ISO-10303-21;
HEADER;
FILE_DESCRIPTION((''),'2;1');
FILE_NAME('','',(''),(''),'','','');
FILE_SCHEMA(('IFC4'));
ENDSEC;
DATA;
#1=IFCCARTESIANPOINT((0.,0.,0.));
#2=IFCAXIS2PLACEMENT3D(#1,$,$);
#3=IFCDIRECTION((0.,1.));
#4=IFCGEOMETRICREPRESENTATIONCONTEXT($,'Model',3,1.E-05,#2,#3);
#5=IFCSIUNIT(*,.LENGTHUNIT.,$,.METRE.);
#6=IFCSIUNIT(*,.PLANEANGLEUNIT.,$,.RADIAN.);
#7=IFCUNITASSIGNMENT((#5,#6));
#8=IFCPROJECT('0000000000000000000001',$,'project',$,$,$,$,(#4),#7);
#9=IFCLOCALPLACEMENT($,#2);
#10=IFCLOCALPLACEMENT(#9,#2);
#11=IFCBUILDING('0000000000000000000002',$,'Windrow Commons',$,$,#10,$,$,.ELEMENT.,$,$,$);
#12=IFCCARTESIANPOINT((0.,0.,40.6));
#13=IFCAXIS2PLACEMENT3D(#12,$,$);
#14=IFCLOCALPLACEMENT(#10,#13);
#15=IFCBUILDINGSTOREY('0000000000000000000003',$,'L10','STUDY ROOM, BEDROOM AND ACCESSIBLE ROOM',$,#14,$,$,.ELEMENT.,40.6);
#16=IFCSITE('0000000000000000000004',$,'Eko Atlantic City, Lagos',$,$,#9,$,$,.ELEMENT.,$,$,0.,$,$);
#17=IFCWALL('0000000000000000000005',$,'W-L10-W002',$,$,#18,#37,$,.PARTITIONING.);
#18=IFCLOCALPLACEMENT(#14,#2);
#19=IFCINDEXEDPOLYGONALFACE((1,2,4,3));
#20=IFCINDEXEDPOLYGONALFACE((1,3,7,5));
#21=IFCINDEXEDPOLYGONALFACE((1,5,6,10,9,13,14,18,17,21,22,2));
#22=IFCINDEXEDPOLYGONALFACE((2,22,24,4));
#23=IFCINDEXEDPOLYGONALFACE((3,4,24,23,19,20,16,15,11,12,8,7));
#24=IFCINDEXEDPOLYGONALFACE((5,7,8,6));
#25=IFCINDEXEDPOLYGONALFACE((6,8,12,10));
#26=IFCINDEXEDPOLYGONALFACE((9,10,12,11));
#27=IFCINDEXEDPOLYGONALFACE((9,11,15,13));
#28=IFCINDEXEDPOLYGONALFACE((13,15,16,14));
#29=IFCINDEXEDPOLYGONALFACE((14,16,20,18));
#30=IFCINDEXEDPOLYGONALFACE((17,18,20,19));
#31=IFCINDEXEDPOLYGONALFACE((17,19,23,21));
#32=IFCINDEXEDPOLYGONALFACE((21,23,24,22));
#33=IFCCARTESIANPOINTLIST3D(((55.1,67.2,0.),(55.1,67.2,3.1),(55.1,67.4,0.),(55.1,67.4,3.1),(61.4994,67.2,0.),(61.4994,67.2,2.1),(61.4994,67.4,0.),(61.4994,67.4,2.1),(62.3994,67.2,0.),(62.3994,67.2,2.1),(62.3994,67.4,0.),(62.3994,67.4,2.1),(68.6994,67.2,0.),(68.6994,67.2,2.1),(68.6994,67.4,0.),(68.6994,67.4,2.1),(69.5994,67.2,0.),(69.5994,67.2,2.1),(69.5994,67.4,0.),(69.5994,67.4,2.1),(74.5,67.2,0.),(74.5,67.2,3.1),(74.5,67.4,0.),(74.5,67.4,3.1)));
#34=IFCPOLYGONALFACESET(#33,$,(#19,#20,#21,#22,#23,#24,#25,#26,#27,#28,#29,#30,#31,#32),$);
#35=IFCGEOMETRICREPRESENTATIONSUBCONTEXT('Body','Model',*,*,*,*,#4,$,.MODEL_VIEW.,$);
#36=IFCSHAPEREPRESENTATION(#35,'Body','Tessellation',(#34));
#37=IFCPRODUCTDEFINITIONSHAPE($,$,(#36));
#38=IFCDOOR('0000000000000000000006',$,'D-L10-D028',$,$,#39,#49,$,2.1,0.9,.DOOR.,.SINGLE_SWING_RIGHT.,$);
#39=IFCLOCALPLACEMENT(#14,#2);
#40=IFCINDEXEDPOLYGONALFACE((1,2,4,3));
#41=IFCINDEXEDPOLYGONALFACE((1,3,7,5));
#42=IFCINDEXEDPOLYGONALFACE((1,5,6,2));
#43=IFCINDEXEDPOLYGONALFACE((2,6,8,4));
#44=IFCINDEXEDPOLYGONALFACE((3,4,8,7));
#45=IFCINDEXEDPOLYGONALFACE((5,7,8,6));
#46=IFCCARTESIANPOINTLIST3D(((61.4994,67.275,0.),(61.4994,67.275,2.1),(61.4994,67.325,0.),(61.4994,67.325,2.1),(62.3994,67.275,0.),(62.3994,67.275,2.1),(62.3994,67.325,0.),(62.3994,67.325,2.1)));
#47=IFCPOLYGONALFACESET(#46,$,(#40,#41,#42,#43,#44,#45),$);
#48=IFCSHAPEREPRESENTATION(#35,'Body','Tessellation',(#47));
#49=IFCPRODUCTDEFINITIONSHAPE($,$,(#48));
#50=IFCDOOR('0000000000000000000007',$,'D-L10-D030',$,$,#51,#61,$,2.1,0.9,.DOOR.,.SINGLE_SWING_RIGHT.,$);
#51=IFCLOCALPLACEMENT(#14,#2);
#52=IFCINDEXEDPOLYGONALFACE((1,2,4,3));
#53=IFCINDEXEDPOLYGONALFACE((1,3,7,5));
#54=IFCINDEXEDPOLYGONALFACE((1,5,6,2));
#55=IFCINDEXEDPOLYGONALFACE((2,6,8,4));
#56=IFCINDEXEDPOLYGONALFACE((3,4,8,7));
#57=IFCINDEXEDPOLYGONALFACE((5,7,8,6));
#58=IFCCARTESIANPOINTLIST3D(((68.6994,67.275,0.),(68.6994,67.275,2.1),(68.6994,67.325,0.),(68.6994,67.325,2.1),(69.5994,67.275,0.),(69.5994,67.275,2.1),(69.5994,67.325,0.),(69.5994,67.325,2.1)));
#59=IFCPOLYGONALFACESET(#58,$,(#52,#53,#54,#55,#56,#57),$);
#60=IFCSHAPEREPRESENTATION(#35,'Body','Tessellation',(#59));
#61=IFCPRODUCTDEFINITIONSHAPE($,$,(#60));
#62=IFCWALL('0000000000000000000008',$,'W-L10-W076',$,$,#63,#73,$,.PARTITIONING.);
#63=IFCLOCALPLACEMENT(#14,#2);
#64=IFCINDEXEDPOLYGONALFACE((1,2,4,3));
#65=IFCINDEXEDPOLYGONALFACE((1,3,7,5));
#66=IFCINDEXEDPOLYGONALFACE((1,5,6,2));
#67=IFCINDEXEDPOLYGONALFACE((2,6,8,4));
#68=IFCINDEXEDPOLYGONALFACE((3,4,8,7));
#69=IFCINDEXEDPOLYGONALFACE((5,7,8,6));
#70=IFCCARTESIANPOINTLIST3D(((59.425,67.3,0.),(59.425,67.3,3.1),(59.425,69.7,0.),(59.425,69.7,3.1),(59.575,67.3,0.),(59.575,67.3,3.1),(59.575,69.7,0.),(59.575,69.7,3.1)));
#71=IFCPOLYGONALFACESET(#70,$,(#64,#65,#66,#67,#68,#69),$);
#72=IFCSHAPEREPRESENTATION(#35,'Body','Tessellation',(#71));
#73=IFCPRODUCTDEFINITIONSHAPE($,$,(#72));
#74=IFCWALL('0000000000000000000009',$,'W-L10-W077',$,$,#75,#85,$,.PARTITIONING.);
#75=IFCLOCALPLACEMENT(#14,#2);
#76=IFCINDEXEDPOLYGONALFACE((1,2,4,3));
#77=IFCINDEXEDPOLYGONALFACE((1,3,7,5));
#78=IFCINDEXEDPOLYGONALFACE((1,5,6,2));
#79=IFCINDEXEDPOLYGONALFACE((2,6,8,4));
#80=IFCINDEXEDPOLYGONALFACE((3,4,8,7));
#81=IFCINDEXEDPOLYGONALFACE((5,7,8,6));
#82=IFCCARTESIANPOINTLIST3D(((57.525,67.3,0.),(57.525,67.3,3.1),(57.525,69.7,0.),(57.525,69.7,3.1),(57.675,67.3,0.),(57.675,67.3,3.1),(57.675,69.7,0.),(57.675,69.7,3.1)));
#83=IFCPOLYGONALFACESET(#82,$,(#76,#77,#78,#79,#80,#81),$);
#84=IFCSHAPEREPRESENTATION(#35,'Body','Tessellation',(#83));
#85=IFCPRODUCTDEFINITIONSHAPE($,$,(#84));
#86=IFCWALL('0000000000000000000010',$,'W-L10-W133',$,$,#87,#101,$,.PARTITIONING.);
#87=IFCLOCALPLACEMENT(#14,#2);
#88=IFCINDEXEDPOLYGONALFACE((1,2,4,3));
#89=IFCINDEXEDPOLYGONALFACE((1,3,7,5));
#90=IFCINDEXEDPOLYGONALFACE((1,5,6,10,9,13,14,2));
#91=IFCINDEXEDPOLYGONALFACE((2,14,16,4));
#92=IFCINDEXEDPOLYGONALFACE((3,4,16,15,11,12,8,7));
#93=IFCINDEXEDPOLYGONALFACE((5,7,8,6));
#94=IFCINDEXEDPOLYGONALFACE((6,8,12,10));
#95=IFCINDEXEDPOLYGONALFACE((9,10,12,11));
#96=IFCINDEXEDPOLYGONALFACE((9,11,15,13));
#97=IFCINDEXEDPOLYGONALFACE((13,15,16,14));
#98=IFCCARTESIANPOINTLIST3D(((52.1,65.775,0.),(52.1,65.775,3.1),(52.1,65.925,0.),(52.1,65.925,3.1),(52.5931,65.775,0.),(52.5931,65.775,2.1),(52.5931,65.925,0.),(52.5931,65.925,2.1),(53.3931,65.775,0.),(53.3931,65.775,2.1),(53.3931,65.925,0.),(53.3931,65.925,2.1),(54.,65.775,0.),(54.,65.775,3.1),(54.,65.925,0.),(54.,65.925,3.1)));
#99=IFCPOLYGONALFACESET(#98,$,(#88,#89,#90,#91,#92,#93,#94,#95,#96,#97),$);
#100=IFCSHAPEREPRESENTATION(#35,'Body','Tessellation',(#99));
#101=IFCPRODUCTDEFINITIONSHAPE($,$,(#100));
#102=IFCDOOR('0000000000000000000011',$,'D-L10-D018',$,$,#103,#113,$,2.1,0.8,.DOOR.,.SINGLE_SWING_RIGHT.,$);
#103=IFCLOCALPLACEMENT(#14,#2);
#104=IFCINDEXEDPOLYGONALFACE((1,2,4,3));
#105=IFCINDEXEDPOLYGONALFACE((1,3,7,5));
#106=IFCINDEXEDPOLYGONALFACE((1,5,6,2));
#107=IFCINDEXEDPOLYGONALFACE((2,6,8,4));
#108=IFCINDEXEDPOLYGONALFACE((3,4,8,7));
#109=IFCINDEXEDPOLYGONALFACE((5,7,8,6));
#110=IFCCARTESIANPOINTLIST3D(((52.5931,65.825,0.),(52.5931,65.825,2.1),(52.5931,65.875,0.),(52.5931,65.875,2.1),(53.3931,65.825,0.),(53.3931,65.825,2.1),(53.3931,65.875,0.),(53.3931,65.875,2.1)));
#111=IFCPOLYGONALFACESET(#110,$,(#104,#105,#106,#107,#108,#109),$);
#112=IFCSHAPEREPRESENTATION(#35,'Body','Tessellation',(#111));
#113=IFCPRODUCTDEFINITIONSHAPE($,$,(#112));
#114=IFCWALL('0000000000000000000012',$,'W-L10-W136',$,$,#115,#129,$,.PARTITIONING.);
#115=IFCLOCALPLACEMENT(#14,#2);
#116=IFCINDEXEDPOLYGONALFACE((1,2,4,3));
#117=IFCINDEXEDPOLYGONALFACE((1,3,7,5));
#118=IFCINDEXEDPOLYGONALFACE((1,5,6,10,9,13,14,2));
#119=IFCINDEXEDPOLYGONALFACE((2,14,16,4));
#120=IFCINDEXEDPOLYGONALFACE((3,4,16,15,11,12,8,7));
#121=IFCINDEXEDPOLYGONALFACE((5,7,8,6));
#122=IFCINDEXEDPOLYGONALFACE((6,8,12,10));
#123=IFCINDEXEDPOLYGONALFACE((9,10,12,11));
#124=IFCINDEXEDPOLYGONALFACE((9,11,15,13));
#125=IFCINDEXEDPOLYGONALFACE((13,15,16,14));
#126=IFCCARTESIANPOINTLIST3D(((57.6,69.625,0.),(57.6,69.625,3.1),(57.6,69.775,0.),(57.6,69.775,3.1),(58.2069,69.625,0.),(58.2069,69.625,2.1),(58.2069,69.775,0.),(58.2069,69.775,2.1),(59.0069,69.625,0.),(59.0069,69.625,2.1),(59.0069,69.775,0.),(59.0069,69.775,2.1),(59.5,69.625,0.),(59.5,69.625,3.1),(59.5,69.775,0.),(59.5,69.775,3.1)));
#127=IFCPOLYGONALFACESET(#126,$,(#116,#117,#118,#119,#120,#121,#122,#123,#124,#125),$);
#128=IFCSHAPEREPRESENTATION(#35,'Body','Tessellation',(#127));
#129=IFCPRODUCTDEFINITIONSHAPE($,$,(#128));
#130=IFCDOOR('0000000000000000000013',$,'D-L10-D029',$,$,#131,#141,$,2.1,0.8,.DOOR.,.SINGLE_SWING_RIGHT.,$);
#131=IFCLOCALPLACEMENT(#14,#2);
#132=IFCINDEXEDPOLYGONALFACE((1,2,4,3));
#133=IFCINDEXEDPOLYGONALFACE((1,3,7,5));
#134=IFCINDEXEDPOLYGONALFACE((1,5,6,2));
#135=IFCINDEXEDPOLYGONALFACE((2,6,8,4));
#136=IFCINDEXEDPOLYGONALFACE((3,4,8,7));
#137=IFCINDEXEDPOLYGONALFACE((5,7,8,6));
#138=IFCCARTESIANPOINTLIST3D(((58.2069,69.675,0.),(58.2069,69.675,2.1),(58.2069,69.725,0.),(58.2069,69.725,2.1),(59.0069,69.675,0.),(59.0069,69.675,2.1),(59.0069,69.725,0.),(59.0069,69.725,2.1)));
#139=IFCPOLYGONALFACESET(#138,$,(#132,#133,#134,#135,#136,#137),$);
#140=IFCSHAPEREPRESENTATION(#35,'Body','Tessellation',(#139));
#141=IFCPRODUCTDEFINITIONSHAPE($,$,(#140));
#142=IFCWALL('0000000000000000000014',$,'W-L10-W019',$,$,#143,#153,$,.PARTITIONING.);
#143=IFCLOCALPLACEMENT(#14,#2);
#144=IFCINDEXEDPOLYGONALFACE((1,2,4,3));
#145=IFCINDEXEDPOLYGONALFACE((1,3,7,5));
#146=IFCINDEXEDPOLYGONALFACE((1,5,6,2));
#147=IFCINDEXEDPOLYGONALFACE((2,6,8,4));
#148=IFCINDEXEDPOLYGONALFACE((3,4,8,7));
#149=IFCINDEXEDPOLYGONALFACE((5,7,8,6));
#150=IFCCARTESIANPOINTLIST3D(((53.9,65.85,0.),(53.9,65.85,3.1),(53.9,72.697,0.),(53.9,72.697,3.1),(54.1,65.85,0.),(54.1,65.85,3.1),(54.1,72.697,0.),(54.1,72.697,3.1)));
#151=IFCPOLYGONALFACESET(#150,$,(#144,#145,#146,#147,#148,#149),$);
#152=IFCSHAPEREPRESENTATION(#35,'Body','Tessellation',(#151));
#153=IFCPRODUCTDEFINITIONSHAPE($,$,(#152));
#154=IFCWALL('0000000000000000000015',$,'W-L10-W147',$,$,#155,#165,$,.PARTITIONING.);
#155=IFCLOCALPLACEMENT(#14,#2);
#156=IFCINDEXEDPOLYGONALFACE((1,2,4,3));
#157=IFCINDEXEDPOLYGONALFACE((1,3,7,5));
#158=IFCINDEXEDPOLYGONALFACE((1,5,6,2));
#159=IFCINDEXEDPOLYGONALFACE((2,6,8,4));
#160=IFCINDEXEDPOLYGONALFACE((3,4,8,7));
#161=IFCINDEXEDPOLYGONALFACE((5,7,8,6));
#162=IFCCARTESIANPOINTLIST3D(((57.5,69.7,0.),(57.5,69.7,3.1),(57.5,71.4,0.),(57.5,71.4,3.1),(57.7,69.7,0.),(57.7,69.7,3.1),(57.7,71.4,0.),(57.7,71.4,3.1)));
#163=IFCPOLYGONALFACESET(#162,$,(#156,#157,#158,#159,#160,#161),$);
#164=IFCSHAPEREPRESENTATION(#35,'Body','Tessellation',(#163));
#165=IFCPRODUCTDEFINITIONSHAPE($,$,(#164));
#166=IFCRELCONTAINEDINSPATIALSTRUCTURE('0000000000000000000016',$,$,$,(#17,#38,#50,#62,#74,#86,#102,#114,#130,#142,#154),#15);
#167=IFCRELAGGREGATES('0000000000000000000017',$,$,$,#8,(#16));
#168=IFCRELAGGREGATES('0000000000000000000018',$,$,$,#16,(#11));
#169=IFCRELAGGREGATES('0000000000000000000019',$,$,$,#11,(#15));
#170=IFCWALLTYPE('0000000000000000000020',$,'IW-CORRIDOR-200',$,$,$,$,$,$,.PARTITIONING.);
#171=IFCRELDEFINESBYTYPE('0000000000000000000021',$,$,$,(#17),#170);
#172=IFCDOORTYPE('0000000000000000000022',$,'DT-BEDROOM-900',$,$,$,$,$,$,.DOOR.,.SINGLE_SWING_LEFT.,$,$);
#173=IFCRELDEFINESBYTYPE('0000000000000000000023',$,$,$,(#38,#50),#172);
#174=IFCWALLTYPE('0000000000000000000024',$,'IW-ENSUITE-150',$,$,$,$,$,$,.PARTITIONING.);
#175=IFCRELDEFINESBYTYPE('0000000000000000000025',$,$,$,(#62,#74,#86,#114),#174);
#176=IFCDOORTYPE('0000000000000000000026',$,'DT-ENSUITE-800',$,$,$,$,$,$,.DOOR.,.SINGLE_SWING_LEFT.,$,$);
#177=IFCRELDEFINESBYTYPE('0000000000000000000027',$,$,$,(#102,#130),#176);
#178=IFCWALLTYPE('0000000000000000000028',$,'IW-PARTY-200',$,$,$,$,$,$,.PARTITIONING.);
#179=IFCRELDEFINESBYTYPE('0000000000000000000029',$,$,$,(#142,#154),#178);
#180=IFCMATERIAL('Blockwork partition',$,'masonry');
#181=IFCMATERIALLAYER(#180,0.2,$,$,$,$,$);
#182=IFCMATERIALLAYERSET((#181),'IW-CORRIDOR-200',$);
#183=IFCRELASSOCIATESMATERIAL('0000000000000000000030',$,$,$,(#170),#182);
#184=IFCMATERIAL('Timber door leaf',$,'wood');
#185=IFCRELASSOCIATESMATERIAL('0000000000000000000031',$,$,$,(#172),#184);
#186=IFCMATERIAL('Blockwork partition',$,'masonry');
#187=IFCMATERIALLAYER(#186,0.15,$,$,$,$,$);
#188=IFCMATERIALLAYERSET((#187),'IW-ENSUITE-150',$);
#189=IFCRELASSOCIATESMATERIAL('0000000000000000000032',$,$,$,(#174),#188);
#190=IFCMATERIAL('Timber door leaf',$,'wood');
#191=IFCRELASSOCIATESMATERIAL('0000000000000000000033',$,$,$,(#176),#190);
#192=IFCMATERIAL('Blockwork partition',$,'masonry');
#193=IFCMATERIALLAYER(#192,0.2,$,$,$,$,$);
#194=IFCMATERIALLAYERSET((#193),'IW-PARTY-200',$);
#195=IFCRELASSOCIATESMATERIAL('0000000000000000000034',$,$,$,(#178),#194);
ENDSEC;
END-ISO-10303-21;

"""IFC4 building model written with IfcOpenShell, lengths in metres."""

from ifc_helpers import new_model, si_unit, direction, frame, frame_2d, origin, place, context, subcontext, project, spatial, rectangle, extrude, material, layer, layer_set, type_object, element, fill, save


model = new_model("IFC4")

# Units and contexts
model_context = context("Model", 3, precision=1e-05, world=origin(), true_north=direction((0.0, 1.0)))
body_context = subcontext(model_context, "Body", "Model", "MODEL_VIEW")
ifc_project = project(units=[si_unit("LENGTHUNIT", "METRE"), si_unit("PLANEANGLEUNIT", "RADIAN")], contexts=[model_context])

# Site, building, storey
site_placement = place(None, origin())
site = spatial("IfcSite", under=ifc_project, at=site_placement, Name="Eko Atlantic City, Lagos", CompositionType="ELEMENT", RefElevation=0.0)
building_placement = place(site_placement, origin())
building = spatial("IfcBuilding", under=site, at=building_placement, Name="Windrow Commons", CompositionType="ELEMENT")
storey_placement = place(building_placement, frame((0.0, 0.0, 40.6)))
storey = spatial("IfcBuildingStorey", under=building, at=storey_placement, Name="L10", Description="STUDY ROOM, BEDROOM AND ACCESSIBLE ROOM", CompositionType="ELEMENT", Elevation=40.6)

# Wall, openings, doors
ifc_material_1 = material(Name="Blockwork partition", Category="masonry")
ifc_layer_1 = layer(ifc_material_1, 0.2)
ifc_layer_set_1 = layer_set([ifc_layer_1], Name="IW-CORRIDOR-200")
wall_type_1 = type_object("IfcWallType", Name="IW-CORRIDOR-200", PredefinedType="PARTITIONING", material=ifc_layer_set_1)
wall_1_placement = place(storey_placement, frame((55.1, 67.3, 0.0), z_axis=(0.0, 0.0, 1.0), x_axis=(1.0, 0.0, 0.0)))
wall_1 = element("IfcWall", 1, at=wall_1_placement, inside=storey, type_object=wall_type_1, Name="W-L10-W002", PredefinedType="PARTITIONING", context=body_context, shape_type="SweptSolid", body=[
    extrude(rectangle(XDim=19.4, YDim=0.2, at=frame_2d((9.7, 0.0))), origin(), (0.0, 0.0, 1.0), 3.1),
])
opening_1_placement = place(wall_1_placement, frame((6.3994, 0.0, 0.0)))
opening_1 = element("IfcOpeningElement", 2, at=opening_1_placement, cuts=wall_1, PredefinedType="OPENING", context=body_context, shape_type="SweptSolid", body=[
    extrude(rectangle(XDim=0.9, YDim=2.1, at=frame_2d((0.45, 1.05))), frame((0.0, 0.11, 0.0), z_axis=(0.0, -1.0, 0.0), x_axis=(1.0, 0.0, 0.0)), (0.0, 0.0, 1.0), 0.22),
])
opening_2_placement = place(wall_1_placement, frame((13.5994, 0.0, 0.0)))
opening_2 = element("IfcOpeningElement", 3, at=opening_2_placement, cuts=wall_1, PredefinedType="OPENING", context=body_context, shape_type="SweptSolid", body=[
    extrude(rectangle(XDim=0.9, YDim=2.1, at=frame_2d((0.45, 1.05))), frame((0.0, 0.11, 0.0), z_axis=(0.0, -1.0, 0.0), x_axis=(1.0, 0.0, 0.0)), (0.0, 0.0, 1.0), 0.22),
])
ifc_material_2 = material(Name="Timber door leaf", Category="wood")
door_type_1 = type_object("IfcDoorType", Name="DT-BEDROOM-900", OperationType="SINGLE_SWING_LEFT", PredefinedType="DOOR", material=ifc_material_2)
door_1_placement = place(opening_1_placement, origin())
door_1 = element("IfcDoor", 4, at=door_1_placement, inside=storey, type_object=door_type_1, Name="D-L10-D028", OperationType="SINGLE_SWING_RIGHT", OverallHeight=2.1, OverallWidth=0.9, PredefinedType="DOOR", context=body_context, shape_type="SweptSolid", body=[
    extrude(rectangle(XDim=0.9, YDim=2.1, at=frame_2d((0.45, 1.05))), frame((0.0, 0.025, 0.0), z_axis=(0.0, -1.0, 0.0), x_axis=(1.0, 0.0, 0.0)), (0.0, 0.0, 1.0), 0.05),
])
fill(opening_1, door_1)
door_2_placement = place(opening_2_placement, origin())
door_2 = element("IfcDoor", 5, at=door_2_placement, inside=storey, type_object=door_type_1, Name="D-L10-D030", OperationType="SINGLE_SWING_RIGHT", OverallHeight=2.1, OverallWidth=0.9, PredefinedType="DOOR", context=body_context, shape_type="SweptSolid", body=[
    extrude(rectangle(XDim=0.9, YDim=2.1, at=frame_2d((0.45, 1.05))), frame((0.0, 0.025, 0.0), z_axis=(0.0, -1.0, 0.0), x_axis=(1.0, 0.0, 0.0)), (0.0, 0.0, 1.0), 0.05),
])
fill(opening_2, door_2)

# Walls
ifc_material_3 = material(Name="Blockwork partition", Category="masonry")
ifc_layer_2 = layer(ifc_material_3, 0.15)
ifc_layer_set_2 = layer_set([ifc_layer_2], Name="IW-ENSUITE-150")
wall_type_2 = type_object("IfcWallType", Name="IW-ENSUITE-150", PredefinedType="PARTITIONING", material=ifc_layer_set_2)
for number, where, z_axis, x_axis, name in (
    (6, (59.5, 67.3, 0.0), (0.0, 0.0, 1.0), (0.0, 1.0, 0.0), "W-L10-W076"),
    (7, (57.6, 67.3, 0.0), (0.0, 0.0, 1.0), (0.0, 1.0, 0.0), "W-L10-W077"),
):
    element("IfcWall", number, at=place(storey_placement, frame(where, z_axis=z_axis, x_axis=x_axis)), inside=storey, type_object=wall_type_2, Name=name, PredefinedType="PARTITIONING", context=body_context, shape_type="SweptSolid", body=[
        extrude(rectangle(XDim=2.4, YDim=0.15, at=frame_2d((1.2, 0.0))), origin(), (0.0, 0.0, 1.0), 3.1),
    ])

# Walls, openings, doors
wall_2_placement = place(storey_placement, frame((52.1, 65.85, 0.0), z_axis=(0.0, 0.0, 1.0), x_axis=(1.0, 0.0, 0.0)))
wall_2 = element("IfcWall", 8, at=wall_2_placement, inside=storey, type_object=wall_type_2, Name="W-L10-W133", PredefinedType="PARTITIONING", context=body_context, shape_type="SweptSolid", body=[
    extrude(rectangle(XDim=1.9, YDim=0.15, at=frame_2d((0.95, 0.0))), origin(), (0.0, 0.0, 1.0), 3.1),
])
opening_3_placement = place(wall_2_placement, frame((0.4931, 0.0, 0.0)))
opening_3 = element("IfcOpeningElement", 9, at=opening_3_placement, cuts=wall_2, PredefinedType="OPENING", context=body_context, shape_type="SweptSolid", body=[
    extrude(rectangle(XDim=0.8, YDim=2.1, at=frame_2d((0.4, 1.05))), frame((0.0, 0.085, 0.0), z_axis=(0.0, -1.0, 0.0), x_axis=(1.0, 0.0, 0.0)), (0.0, 0.0, 1.0), 0.17),
])
ifc_material_4 = material(Name="Timber door leaf", Category="wood")
door_type_2 = type_object("IfcDoorType", Name="DT-ENSUITE-800", OperationType="SINGLE_SWING_LEFT", PredefinedType="DOOR", material=ifc_material_4)
door_3_placement = place(opening_3_placement, origin())
door_3 = element("IfcDoor", 10, at=door_3_placement, inside=storey, type_object=door_type_2, Name="D-L10-D018", OperationType="SINGLE_SWING_RIGHT", OverallHeight=2.1, OverallWidth=0.8, PredefinedType="DOOR", context=body_context, shape_type="SweptSolid", body=[
    extrude(rectangle(XDim=0.8, YDim=2.1, at=frame_2d((0.4, 1.05))), frame((0.0, 0.025, 0.0), z_axis=(0.0, -1.0, 0.0), x_axis=(1.0, 0.0, 0.0)), (0.0, 0.0, 1.0), 0.05),
])
fill(opening_3, door_3)
wall_3_placement = place(storey_placement, frame((57.6, 69.7, 0.0), z_axis=(0.0, 0.0, 1.0), x_axis=(1.0, 0.0, 0.0)))
wall_3 = element("IfcWall", 11, at=wall_3_placement, inside=storey, type_object=wall_type_2, Name="W-L10-W136", PredefinedType="PARTITIONING", context=body_context, shape_type="SweptSolid", body=[
    extrude(rectangle(XDim=1.9, YDim=0.15, at=frame_2d((0.95, 0.0))), origin(), (0.0, 0.0, 1.0), 3.1),
])
opening_4_placement = place(wall_3_placement, frame((0.6069, 0.0, 0.0)))
opening_4 = element("IfcOpeningElement", 12, at=opening_4_placement, cuts=wall_3, PredefinedType="OPENING", context=body_context, shape_type="SweptSolid", body=[
    extrude(rectangle(XDim=0.8, YDim=2.1, at=frame_2d((0.4, 1.05))), frame((0.0, 0.085, 0.0), z_axis=(0.0, -1.0, 0.0), x_axis=(1.0, 0.0, 0.0)), (0.0, 0.0, 1.0), 0.17),
])
door_4_placement = place(opening_4_placement, origin())
door_4 = element("IfcDoor", 13, at=door_4_placement, inside=storey, type_object=door_type_2, Name="D-L10-D029", OperationType="SINGLE_SWING_RIGHT", OverallHeight=2.1, OverallWidth=0.8, PredefinedType="DOOR", context=body_context, shape_type="SweptSolid", body=[
    extrude(rectangle(XDim=0.8, YDim=2.1, at=frame_2d((0.4, 1.05))), frame((0.0, 0.025, 0.0), z_axis=(0.0, -1.0, 0.0), x_axis=(1.0, 0.0, 0.0)), (0.0, 0.0, 1.0), 0.05),
])
fill(opening_4, door_4)

# Walls
ifc_material_5 = material(Name="Blockwork partition", Category="masonry")
ifc_layer_3 = layer(ifc_material_5, 0.2)
ifc_layer_set_3 = layer_set([ifc_layer_3], Name="IW-PARTY-200")
wall_type_3 = type_object("IfcWallType", Name="IW-PARTY-200", PredefinedType="PARTITIONING", material=ifc_layer_set_3)
wall_4_placement = place(storey_placement, frame((54.0, 65.85, 0.0), z_axis=(0.0, 0.0, 1.0), x_axis=(0.0, 1.0, 0.0)))
element("IfcWall", 14, at=wall_4_placement, inside=storey, type_object=wall_type_3, Name="W-L10-W019", PredefinedType="PARTITIONING", context=body_context, shape_type="SweptSolid", body=[
    extrude(rectangle(XDim=6.847, YDim=0.2, at=frame_2d((3.4235, 0.0))), origin(), (0.0, 0.0, 1.0), 3.1),
])
wall_5_placement = place(storey_placement, frame((57.6, 69.7, 0.0), z_axis=(0.0, 0.0, 1.0), x_axis=(0.0, 1.0, 0.0)))
element("IfcWall", 15, at=wall_5_placement, inside=storey, type_object=wall_type_3, Name="W-L10-W147", PredefinedType="PARTITIONING", context=body_context, shape_type="SweptSolid", body=[
    extrude(rectangle(XDim=1.7, YDim=0.2, at=frame_2d((0.85, 0.0))), origin(), (0.0, 0.0, 1.0), 3.1),
])

save(model, "model.ifc")
